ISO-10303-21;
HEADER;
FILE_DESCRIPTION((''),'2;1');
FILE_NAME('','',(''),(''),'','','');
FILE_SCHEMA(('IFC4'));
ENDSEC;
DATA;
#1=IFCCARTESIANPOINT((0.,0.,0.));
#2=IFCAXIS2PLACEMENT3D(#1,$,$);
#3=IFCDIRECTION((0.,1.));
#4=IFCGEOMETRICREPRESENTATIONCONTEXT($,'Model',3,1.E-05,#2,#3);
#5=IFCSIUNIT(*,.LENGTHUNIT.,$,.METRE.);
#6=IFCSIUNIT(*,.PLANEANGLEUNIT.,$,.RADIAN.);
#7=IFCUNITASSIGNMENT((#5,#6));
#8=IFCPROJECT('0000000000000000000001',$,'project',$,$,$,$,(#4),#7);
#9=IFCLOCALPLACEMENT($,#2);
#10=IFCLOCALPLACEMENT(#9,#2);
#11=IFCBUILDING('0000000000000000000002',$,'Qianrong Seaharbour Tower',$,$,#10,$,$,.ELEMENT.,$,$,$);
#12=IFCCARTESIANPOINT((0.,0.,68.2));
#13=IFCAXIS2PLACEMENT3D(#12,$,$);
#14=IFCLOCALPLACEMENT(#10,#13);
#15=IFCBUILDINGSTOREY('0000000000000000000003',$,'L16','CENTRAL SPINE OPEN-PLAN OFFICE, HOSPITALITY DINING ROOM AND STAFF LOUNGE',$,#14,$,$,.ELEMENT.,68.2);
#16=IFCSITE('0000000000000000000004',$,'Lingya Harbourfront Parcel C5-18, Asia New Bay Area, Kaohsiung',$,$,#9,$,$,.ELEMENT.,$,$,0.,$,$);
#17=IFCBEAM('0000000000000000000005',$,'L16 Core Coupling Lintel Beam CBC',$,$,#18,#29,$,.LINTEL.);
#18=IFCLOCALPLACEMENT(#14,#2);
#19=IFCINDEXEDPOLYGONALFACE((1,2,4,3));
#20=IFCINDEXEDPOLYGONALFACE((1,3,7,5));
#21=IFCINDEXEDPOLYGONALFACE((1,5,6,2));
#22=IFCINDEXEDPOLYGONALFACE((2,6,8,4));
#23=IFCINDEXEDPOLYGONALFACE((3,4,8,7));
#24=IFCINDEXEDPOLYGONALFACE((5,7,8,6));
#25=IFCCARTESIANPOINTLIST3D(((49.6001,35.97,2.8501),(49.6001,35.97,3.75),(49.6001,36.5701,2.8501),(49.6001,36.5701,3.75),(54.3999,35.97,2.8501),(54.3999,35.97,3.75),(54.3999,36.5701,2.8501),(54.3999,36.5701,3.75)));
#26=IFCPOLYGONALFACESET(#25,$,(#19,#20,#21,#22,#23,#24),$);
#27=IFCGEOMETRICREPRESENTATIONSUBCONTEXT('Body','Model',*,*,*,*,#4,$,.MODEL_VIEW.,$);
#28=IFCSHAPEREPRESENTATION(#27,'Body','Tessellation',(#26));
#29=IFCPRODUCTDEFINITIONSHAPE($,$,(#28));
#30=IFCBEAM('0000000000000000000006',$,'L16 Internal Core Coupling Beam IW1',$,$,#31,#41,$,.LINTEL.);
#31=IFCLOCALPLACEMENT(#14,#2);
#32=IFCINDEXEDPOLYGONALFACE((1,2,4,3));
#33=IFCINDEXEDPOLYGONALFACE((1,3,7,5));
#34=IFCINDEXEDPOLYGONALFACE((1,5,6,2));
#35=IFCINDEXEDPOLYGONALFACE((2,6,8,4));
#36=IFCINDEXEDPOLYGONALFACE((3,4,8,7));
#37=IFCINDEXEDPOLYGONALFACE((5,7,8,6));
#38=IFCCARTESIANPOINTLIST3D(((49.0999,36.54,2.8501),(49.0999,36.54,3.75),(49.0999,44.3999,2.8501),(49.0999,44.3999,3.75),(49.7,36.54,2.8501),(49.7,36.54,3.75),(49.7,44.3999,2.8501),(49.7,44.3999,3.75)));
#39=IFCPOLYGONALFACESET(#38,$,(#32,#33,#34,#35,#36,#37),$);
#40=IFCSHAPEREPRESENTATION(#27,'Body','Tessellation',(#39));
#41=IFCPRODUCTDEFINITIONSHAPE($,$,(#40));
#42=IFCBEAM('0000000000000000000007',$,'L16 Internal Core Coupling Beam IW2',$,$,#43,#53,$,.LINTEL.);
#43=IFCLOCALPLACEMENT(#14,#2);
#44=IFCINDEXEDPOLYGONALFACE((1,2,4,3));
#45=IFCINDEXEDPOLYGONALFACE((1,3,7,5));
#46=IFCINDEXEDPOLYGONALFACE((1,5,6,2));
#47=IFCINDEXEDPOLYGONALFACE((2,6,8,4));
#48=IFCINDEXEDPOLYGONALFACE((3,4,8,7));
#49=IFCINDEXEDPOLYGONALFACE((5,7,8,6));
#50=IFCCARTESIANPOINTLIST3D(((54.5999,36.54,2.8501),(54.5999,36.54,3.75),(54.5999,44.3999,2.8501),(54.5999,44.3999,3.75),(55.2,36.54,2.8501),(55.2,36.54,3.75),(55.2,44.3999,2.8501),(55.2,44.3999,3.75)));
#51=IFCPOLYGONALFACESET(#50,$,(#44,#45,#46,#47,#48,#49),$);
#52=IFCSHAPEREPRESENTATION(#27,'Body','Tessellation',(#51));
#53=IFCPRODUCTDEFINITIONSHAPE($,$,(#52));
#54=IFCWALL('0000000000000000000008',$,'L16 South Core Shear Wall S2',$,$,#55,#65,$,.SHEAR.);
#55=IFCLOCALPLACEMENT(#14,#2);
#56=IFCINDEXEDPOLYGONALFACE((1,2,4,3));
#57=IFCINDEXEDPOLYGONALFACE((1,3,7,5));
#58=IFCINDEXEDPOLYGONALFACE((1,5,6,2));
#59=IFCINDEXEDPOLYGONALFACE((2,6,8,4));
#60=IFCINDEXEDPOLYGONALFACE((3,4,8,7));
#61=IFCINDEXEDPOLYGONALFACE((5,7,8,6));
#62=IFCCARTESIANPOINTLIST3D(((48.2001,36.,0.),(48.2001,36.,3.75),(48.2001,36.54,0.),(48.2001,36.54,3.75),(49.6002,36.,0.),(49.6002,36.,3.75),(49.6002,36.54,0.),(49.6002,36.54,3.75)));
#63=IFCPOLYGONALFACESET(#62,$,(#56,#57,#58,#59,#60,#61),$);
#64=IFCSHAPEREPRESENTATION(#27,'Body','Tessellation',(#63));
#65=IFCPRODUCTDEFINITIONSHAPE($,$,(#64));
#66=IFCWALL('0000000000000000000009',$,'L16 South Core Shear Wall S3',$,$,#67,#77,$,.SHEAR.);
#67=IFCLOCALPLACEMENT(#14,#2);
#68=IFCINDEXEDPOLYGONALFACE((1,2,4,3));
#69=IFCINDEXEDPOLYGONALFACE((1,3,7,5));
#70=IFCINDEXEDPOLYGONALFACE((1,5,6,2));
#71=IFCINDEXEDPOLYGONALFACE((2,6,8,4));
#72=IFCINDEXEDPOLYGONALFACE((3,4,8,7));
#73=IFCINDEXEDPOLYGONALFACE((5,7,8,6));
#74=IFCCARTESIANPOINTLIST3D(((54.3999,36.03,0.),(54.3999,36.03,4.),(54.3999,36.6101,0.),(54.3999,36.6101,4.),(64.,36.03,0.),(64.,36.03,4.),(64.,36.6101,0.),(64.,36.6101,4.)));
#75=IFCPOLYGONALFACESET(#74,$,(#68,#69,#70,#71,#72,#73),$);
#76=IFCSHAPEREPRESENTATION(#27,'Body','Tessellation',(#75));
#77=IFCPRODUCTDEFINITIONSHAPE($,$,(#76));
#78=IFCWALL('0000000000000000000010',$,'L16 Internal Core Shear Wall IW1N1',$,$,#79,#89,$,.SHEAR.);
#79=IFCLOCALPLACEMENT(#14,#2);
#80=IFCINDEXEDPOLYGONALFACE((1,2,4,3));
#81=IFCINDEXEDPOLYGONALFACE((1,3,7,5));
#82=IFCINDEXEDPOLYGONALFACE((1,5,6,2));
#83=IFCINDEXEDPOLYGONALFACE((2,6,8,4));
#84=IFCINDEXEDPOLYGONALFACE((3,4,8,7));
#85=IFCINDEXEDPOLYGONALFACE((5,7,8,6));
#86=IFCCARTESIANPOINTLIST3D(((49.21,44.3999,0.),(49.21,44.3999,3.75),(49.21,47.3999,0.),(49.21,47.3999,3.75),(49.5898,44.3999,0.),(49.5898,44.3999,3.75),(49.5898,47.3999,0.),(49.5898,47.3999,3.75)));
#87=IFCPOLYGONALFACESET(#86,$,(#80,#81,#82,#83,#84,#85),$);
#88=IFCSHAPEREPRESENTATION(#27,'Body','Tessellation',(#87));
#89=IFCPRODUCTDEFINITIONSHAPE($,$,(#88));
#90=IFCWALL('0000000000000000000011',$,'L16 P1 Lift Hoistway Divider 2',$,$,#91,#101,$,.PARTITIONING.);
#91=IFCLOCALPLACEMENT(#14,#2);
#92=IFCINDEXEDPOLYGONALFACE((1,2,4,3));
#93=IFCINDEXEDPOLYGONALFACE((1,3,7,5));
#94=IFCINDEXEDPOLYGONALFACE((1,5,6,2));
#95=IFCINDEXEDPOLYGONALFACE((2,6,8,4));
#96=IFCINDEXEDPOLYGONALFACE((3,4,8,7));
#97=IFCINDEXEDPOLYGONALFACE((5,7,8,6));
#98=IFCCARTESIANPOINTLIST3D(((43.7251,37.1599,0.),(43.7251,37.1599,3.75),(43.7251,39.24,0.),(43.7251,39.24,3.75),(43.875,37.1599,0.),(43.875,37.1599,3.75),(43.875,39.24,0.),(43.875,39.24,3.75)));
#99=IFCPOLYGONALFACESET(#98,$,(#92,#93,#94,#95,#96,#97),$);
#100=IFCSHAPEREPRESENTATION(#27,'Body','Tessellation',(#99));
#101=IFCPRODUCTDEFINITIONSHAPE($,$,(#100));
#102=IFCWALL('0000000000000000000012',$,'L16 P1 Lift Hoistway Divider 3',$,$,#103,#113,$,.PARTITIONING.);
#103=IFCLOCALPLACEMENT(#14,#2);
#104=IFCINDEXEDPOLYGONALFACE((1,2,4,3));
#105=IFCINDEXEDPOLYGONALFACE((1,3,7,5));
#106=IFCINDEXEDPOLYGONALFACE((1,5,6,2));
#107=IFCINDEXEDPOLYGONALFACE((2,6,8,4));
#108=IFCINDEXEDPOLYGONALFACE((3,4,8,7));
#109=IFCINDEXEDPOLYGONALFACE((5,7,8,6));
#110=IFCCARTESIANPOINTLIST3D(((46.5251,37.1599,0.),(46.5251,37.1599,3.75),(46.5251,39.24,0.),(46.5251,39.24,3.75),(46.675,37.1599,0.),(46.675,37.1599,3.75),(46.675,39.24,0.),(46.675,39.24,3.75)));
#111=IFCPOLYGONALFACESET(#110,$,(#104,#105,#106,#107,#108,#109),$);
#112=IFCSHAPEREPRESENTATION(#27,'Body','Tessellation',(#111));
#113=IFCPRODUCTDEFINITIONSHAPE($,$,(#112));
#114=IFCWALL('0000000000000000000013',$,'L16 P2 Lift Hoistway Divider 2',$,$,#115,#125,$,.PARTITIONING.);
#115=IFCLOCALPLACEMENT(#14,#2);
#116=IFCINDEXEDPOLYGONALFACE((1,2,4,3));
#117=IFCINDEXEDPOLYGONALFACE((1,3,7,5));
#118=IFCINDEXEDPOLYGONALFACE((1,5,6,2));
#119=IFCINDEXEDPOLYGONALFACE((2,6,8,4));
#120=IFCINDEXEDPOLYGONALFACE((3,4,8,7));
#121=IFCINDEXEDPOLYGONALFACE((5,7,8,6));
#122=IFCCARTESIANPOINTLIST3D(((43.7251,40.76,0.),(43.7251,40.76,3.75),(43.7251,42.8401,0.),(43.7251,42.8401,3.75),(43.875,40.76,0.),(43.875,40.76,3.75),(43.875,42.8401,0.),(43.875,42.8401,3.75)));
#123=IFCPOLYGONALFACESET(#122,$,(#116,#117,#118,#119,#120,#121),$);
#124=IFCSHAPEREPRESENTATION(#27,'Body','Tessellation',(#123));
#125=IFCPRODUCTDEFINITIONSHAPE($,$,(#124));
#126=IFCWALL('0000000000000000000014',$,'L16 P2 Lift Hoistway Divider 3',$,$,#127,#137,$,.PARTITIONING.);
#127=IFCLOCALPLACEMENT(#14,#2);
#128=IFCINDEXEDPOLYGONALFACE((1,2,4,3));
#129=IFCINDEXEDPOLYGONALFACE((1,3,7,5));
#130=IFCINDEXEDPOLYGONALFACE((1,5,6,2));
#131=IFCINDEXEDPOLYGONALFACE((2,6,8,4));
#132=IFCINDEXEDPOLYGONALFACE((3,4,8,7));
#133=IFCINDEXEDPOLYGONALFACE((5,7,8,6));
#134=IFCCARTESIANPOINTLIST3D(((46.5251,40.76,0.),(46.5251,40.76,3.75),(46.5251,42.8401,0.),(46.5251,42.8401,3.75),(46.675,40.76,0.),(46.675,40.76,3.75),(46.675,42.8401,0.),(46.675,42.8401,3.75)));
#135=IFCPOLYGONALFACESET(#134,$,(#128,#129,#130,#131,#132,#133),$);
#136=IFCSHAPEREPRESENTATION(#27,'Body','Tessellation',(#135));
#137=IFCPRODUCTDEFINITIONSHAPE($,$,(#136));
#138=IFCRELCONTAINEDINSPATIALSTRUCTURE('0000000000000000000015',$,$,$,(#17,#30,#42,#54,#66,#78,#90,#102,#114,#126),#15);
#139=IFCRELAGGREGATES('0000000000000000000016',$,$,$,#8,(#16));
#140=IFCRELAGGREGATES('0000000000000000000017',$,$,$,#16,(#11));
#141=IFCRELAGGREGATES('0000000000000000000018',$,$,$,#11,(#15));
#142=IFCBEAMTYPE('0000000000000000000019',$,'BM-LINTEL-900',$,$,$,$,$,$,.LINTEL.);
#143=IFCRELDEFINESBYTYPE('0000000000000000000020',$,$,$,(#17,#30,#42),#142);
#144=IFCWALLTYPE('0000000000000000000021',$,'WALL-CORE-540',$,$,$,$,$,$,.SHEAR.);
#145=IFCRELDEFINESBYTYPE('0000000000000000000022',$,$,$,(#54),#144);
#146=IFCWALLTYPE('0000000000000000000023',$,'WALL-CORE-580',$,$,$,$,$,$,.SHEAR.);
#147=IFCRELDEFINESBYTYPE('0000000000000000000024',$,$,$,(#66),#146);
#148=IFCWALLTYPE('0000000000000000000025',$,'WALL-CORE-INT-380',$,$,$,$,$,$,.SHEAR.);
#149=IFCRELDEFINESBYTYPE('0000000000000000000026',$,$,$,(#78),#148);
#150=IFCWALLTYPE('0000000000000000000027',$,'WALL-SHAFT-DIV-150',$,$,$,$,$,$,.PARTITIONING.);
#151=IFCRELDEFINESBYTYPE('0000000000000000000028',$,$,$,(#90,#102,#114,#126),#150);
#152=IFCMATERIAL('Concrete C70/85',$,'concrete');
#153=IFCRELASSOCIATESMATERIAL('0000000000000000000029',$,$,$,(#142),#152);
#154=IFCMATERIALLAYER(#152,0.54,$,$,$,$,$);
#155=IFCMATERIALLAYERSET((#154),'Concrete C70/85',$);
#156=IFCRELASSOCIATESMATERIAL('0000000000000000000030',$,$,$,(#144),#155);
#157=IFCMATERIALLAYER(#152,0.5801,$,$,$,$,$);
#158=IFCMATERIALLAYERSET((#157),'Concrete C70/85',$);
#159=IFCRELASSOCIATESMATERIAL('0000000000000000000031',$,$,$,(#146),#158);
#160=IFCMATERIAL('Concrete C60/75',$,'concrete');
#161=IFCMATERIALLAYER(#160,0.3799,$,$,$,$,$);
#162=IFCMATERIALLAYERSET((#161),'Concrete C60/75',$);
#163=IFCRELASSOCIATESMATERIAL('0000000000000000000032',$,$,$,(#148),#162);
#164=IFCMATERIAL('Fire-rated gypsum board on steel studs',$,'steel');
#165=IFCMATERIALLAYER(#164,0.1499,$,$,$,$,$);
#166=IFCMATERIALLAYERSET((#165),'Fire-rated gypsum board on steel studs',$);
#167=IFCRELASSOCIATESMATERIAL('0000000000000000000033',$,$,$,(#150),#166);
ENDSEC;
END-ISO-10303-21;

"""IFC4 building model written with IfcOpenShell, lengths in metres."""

from ifc_helpers import new_model, si_unit, direction, frame, frame_2d, origin, origin_2d, place, context, subcontext, project, spatial, rectangle, extrude, material, layer, layer_set, material_profile, profile_set, type_object, element, save


model = new_model("IFC4")

# Units and contexts
model_context = context("Model", 3, precision=1e-05, world=origin(), true_north=direction((0.0, 1.0)))
body_context = subcontext(model_context, "Body", "Model", "MODEL_VIEW")
ifc_project = project(units=[si_unit("LENGTHUNIT", "METRE"), si_unit("PLANEANGLEUNIT", "RADIAN")], contexts=[model_context])

# Site, building, storey
site_placement = place(None, origin())
site = spatial("IfcSite", under=ifc_project, at=site_placement, Name="Lingya Harbourfront Parcel C5-18, Asia New Bay Area, Kaohsiung", CompositionType="ELEMENT", RefElevation=0.0)
building_placement = place(site_placement, origin())
building = spatial("IfcBuilding", under=site, at=building_placement, Name="Qianrong Seaharbour Tower", CompositionType="ELEMENT")
storey_placement = place(building_placement, frame((0.0, 0.0, 68.2)))
storey = spatial("IfcBuildingStorey", under=building, at=storey_placement, Name="L16", Description="CENTRAL SPINE OPEN-PLAN OFFICE, HOSPITALITY DINING ROOM AND STAFF LOUNGE", CompositionType="ELEMENT", Elevation=68.2)

# Beams
ifc_material_1 = material(Name="Concrete C70/85", Category="concrete")
ifc_material_profile = material_profile(ifc_material_1, rectangle(XDim=0.6001, YDim=0.8999, at=origin_2d()), Name="RC600x900")
ifc_profile_set = profile_set([ifc_material_profile], Name="Concrete C70/85")
beam_type = type_object("IfcBeamType", Name="BM-LINTEL-900", PredefinedType="LINTEL", material=ifc_profile_set)
beam_placement = place(storey_placement, frame((49.6001, 36.27, 3.3), z_axis=(1.0, 0.0, 0.0), x_axis=(0.0, 1.0, 0.0)))
element("IfcBeam", 1, at=beam_placement, inside=storey, type_object=beam_type, Name="L16 Core Coupling Lintel Beam CBC", PredefinedType="LINTEL", context=body_context, shape_type="SweptSolid", body=[
    extrude(rectangle(XDim=0.6001, YDim=0.8999, at=origin_2d()), origin(), (0.0, 0.0, 1.0), 4.7998),
])
for number, where, z_axis, x_axis, name in (
    (2, (49.3999, 36.54, 3.3), (0.0, 1.0, 0.0), (-1.0, 0.0, 0.0), "L16 Internal Core Coupling Beam IW1"),
    (3, (54.8999, 36.54, 3.3), (0.0, 1.0, 0.0), (-1.0, 0.0, 0.0), "L16 Internal Core Coupling Beam IW2"),
):
    element("IfcBeam", number, at=place(storey_placement, frame(where, z_axis=z_axis, x_axis=x_axis)), inside=storey, type_object=beam_type, Name=name, PredefinedType="LINTEL", context=body_context, shape_type="SweptSolid", body=[
        extrude(rectangle(XDim=0.6001, YDim=0.8999, at=origin_2d()), origin(), (0.0, 0.0, 1.0), 7.8599),
    ])

# Walls
ifc_layer_1 = layer(ifc_material_1, 0.54)
ifc_layer_set_1 = layer_set([ifc_layer_1], Name="Concrete C70/85")
wall_type_1 = type_object("IfcWallType", Name="WALL-CORE-540", PredefinedType="SHEAR", material=ifc_layer_set_1)
wall_1_placement = place(storey_placement, frame((48.2, 36.27, 0.0), z_axis=(0.0, 0.0, 1.0), x_axis=(1.0, 0.0, 0.0)))
element("IfcWall", 4, at=wall_1_placement, inside=storey, type_object=wall_type_1, Name="L16 South Core Shear Wall S2", PredefinedType="SHEAR", context=body_context, shape_type="SweptSolid", body=[
    extrude(rectangle(XDim=1.4001, YDim=0.54, at=frame_2d((0.7002, 0.0))), origin(), (0.0, 0.0, 1.0), 3.75),
])
ifc_layer_2 = layer(ifc_material_1, 0.5801)
ifc_layer_set_2 = layer_set([ifc_layer_2], Name="Concrete C70/85")
wall_type_2 = type_object("IfcWallType", Name="WALL-CORE-580", PredefinedType="SHEAR", material=ifc_layer_set_2)
wall_2_placement = place(storey_placement, frame((54.3999, 36.3201, 0.0), z_axis=(0.0, 0.0, 1.0), x_axis=(1.0, 0.0, 0.0)))
element("IfcWall", 5, at=wall_2_placement, inside=storey, type_object=wall_type_2, Name="L16 South Core Shear Wall S3", PredefinedType="SHEAR", context=body_context, shape_type="SweptSolid", body=[
    extrude(rectangle(XDim=9.6001, YDim=0.5801, at=frame_2d((4.8, 0.0))), origin(), (0.0, 0.0, 1.0), 4.0),
])
ifc_material_2 = material(Name="Concrete C60/75", Category="concrete")
ifc_layer_3 = layer(ifc_material_2, 0.3799)
ifc_layer_set_3 = layer_set([ifc_layer_3], Name="Concrete C60/75")
wall_type_3 = type_object("IfcWallType", Name="WALL-CORE-INT-380", PredefinedType="SHEAR", material=ifc_layer_set_3)
wall_3_placement = place(storey_placement, frame((49.3999, 44.3999, 0.0), z_axis=(0.0, 0.0, 1.0), x_axis=(0.0, 1.0, 0.0)))
element("IfcWall", 6, at=wall_3_placement, inside=storey, type_object=wall_type_3, Name="L16 Internal Core Shear Wall IW1N1", PredefinedType="SHEAR", context=body_context, shape_type="SweptSolid", body=[
    extrude(rectangle(XDim=3.0, YDim=0.3799, at=frame_2d((1.5, 0.0))), origin(), (0.0, 0.0, 1.0), 3.75),
])
ifc_material_3 = material(Name="Fire-rated gypsum board on steel studs", Category="steel")
ifc_layer_4 = layer(ifc_material_3, 0.1499)
ifc_layer_set_4 = layer_set([ifc_layer_4], Name="Fire-rated gypsum board on steel studs")
wall_type_4 = type_object("IfcWallType", Name="WALL-SHAFT-DIV-150", PredefinedType="PARTITIONING", material=ifc_layer_set_4)
for number, where, z_axis, x_axis, name in (
    (7, (43.8, 37.1599, 0.0), (0.0, 0.0, 1.0), (0.0, 1.0, 0.0), "L16 P1 Lift Hoistway Divider 2"),
    (8, (46.6001, 37.1599, 0.0), (0.0, 0.0, 1.0), (0.0, 1.0, 0.0), "L16 P1 Lift Hoistway Divider 3"),
    (9, (43.8, 40.76, 0.0), (0.0, 0.0, 1.0), (0.0, 1.0, 0.0), "L16 P2 Lift Hoistway Divider 2"),
    (10, (46.6001, 40.76, 0.0), (0.0, 0.0, 1.0), (0.0, 1.0, 0.0), "L16 P2 Lift Hoistway Divider 3"),
):
    element("IfcWall", number, at=place(storey_placement, frame(where, z_axis=z_axis, x_axis=x_axis)), inside=storey, type_object=wall_type_4, Name=name, PredefinedType="PARTITIONING", context=body_context, shape_type="SweptSolid", body=[
        extrude(rectangle(XDim=2.0801, YDim=0.1499, at=frame_2d((1.04, 0.0))), origin(), (0.0, 0.0, 1.0), 3.75),
    ])

save(model, "model.ifc")
